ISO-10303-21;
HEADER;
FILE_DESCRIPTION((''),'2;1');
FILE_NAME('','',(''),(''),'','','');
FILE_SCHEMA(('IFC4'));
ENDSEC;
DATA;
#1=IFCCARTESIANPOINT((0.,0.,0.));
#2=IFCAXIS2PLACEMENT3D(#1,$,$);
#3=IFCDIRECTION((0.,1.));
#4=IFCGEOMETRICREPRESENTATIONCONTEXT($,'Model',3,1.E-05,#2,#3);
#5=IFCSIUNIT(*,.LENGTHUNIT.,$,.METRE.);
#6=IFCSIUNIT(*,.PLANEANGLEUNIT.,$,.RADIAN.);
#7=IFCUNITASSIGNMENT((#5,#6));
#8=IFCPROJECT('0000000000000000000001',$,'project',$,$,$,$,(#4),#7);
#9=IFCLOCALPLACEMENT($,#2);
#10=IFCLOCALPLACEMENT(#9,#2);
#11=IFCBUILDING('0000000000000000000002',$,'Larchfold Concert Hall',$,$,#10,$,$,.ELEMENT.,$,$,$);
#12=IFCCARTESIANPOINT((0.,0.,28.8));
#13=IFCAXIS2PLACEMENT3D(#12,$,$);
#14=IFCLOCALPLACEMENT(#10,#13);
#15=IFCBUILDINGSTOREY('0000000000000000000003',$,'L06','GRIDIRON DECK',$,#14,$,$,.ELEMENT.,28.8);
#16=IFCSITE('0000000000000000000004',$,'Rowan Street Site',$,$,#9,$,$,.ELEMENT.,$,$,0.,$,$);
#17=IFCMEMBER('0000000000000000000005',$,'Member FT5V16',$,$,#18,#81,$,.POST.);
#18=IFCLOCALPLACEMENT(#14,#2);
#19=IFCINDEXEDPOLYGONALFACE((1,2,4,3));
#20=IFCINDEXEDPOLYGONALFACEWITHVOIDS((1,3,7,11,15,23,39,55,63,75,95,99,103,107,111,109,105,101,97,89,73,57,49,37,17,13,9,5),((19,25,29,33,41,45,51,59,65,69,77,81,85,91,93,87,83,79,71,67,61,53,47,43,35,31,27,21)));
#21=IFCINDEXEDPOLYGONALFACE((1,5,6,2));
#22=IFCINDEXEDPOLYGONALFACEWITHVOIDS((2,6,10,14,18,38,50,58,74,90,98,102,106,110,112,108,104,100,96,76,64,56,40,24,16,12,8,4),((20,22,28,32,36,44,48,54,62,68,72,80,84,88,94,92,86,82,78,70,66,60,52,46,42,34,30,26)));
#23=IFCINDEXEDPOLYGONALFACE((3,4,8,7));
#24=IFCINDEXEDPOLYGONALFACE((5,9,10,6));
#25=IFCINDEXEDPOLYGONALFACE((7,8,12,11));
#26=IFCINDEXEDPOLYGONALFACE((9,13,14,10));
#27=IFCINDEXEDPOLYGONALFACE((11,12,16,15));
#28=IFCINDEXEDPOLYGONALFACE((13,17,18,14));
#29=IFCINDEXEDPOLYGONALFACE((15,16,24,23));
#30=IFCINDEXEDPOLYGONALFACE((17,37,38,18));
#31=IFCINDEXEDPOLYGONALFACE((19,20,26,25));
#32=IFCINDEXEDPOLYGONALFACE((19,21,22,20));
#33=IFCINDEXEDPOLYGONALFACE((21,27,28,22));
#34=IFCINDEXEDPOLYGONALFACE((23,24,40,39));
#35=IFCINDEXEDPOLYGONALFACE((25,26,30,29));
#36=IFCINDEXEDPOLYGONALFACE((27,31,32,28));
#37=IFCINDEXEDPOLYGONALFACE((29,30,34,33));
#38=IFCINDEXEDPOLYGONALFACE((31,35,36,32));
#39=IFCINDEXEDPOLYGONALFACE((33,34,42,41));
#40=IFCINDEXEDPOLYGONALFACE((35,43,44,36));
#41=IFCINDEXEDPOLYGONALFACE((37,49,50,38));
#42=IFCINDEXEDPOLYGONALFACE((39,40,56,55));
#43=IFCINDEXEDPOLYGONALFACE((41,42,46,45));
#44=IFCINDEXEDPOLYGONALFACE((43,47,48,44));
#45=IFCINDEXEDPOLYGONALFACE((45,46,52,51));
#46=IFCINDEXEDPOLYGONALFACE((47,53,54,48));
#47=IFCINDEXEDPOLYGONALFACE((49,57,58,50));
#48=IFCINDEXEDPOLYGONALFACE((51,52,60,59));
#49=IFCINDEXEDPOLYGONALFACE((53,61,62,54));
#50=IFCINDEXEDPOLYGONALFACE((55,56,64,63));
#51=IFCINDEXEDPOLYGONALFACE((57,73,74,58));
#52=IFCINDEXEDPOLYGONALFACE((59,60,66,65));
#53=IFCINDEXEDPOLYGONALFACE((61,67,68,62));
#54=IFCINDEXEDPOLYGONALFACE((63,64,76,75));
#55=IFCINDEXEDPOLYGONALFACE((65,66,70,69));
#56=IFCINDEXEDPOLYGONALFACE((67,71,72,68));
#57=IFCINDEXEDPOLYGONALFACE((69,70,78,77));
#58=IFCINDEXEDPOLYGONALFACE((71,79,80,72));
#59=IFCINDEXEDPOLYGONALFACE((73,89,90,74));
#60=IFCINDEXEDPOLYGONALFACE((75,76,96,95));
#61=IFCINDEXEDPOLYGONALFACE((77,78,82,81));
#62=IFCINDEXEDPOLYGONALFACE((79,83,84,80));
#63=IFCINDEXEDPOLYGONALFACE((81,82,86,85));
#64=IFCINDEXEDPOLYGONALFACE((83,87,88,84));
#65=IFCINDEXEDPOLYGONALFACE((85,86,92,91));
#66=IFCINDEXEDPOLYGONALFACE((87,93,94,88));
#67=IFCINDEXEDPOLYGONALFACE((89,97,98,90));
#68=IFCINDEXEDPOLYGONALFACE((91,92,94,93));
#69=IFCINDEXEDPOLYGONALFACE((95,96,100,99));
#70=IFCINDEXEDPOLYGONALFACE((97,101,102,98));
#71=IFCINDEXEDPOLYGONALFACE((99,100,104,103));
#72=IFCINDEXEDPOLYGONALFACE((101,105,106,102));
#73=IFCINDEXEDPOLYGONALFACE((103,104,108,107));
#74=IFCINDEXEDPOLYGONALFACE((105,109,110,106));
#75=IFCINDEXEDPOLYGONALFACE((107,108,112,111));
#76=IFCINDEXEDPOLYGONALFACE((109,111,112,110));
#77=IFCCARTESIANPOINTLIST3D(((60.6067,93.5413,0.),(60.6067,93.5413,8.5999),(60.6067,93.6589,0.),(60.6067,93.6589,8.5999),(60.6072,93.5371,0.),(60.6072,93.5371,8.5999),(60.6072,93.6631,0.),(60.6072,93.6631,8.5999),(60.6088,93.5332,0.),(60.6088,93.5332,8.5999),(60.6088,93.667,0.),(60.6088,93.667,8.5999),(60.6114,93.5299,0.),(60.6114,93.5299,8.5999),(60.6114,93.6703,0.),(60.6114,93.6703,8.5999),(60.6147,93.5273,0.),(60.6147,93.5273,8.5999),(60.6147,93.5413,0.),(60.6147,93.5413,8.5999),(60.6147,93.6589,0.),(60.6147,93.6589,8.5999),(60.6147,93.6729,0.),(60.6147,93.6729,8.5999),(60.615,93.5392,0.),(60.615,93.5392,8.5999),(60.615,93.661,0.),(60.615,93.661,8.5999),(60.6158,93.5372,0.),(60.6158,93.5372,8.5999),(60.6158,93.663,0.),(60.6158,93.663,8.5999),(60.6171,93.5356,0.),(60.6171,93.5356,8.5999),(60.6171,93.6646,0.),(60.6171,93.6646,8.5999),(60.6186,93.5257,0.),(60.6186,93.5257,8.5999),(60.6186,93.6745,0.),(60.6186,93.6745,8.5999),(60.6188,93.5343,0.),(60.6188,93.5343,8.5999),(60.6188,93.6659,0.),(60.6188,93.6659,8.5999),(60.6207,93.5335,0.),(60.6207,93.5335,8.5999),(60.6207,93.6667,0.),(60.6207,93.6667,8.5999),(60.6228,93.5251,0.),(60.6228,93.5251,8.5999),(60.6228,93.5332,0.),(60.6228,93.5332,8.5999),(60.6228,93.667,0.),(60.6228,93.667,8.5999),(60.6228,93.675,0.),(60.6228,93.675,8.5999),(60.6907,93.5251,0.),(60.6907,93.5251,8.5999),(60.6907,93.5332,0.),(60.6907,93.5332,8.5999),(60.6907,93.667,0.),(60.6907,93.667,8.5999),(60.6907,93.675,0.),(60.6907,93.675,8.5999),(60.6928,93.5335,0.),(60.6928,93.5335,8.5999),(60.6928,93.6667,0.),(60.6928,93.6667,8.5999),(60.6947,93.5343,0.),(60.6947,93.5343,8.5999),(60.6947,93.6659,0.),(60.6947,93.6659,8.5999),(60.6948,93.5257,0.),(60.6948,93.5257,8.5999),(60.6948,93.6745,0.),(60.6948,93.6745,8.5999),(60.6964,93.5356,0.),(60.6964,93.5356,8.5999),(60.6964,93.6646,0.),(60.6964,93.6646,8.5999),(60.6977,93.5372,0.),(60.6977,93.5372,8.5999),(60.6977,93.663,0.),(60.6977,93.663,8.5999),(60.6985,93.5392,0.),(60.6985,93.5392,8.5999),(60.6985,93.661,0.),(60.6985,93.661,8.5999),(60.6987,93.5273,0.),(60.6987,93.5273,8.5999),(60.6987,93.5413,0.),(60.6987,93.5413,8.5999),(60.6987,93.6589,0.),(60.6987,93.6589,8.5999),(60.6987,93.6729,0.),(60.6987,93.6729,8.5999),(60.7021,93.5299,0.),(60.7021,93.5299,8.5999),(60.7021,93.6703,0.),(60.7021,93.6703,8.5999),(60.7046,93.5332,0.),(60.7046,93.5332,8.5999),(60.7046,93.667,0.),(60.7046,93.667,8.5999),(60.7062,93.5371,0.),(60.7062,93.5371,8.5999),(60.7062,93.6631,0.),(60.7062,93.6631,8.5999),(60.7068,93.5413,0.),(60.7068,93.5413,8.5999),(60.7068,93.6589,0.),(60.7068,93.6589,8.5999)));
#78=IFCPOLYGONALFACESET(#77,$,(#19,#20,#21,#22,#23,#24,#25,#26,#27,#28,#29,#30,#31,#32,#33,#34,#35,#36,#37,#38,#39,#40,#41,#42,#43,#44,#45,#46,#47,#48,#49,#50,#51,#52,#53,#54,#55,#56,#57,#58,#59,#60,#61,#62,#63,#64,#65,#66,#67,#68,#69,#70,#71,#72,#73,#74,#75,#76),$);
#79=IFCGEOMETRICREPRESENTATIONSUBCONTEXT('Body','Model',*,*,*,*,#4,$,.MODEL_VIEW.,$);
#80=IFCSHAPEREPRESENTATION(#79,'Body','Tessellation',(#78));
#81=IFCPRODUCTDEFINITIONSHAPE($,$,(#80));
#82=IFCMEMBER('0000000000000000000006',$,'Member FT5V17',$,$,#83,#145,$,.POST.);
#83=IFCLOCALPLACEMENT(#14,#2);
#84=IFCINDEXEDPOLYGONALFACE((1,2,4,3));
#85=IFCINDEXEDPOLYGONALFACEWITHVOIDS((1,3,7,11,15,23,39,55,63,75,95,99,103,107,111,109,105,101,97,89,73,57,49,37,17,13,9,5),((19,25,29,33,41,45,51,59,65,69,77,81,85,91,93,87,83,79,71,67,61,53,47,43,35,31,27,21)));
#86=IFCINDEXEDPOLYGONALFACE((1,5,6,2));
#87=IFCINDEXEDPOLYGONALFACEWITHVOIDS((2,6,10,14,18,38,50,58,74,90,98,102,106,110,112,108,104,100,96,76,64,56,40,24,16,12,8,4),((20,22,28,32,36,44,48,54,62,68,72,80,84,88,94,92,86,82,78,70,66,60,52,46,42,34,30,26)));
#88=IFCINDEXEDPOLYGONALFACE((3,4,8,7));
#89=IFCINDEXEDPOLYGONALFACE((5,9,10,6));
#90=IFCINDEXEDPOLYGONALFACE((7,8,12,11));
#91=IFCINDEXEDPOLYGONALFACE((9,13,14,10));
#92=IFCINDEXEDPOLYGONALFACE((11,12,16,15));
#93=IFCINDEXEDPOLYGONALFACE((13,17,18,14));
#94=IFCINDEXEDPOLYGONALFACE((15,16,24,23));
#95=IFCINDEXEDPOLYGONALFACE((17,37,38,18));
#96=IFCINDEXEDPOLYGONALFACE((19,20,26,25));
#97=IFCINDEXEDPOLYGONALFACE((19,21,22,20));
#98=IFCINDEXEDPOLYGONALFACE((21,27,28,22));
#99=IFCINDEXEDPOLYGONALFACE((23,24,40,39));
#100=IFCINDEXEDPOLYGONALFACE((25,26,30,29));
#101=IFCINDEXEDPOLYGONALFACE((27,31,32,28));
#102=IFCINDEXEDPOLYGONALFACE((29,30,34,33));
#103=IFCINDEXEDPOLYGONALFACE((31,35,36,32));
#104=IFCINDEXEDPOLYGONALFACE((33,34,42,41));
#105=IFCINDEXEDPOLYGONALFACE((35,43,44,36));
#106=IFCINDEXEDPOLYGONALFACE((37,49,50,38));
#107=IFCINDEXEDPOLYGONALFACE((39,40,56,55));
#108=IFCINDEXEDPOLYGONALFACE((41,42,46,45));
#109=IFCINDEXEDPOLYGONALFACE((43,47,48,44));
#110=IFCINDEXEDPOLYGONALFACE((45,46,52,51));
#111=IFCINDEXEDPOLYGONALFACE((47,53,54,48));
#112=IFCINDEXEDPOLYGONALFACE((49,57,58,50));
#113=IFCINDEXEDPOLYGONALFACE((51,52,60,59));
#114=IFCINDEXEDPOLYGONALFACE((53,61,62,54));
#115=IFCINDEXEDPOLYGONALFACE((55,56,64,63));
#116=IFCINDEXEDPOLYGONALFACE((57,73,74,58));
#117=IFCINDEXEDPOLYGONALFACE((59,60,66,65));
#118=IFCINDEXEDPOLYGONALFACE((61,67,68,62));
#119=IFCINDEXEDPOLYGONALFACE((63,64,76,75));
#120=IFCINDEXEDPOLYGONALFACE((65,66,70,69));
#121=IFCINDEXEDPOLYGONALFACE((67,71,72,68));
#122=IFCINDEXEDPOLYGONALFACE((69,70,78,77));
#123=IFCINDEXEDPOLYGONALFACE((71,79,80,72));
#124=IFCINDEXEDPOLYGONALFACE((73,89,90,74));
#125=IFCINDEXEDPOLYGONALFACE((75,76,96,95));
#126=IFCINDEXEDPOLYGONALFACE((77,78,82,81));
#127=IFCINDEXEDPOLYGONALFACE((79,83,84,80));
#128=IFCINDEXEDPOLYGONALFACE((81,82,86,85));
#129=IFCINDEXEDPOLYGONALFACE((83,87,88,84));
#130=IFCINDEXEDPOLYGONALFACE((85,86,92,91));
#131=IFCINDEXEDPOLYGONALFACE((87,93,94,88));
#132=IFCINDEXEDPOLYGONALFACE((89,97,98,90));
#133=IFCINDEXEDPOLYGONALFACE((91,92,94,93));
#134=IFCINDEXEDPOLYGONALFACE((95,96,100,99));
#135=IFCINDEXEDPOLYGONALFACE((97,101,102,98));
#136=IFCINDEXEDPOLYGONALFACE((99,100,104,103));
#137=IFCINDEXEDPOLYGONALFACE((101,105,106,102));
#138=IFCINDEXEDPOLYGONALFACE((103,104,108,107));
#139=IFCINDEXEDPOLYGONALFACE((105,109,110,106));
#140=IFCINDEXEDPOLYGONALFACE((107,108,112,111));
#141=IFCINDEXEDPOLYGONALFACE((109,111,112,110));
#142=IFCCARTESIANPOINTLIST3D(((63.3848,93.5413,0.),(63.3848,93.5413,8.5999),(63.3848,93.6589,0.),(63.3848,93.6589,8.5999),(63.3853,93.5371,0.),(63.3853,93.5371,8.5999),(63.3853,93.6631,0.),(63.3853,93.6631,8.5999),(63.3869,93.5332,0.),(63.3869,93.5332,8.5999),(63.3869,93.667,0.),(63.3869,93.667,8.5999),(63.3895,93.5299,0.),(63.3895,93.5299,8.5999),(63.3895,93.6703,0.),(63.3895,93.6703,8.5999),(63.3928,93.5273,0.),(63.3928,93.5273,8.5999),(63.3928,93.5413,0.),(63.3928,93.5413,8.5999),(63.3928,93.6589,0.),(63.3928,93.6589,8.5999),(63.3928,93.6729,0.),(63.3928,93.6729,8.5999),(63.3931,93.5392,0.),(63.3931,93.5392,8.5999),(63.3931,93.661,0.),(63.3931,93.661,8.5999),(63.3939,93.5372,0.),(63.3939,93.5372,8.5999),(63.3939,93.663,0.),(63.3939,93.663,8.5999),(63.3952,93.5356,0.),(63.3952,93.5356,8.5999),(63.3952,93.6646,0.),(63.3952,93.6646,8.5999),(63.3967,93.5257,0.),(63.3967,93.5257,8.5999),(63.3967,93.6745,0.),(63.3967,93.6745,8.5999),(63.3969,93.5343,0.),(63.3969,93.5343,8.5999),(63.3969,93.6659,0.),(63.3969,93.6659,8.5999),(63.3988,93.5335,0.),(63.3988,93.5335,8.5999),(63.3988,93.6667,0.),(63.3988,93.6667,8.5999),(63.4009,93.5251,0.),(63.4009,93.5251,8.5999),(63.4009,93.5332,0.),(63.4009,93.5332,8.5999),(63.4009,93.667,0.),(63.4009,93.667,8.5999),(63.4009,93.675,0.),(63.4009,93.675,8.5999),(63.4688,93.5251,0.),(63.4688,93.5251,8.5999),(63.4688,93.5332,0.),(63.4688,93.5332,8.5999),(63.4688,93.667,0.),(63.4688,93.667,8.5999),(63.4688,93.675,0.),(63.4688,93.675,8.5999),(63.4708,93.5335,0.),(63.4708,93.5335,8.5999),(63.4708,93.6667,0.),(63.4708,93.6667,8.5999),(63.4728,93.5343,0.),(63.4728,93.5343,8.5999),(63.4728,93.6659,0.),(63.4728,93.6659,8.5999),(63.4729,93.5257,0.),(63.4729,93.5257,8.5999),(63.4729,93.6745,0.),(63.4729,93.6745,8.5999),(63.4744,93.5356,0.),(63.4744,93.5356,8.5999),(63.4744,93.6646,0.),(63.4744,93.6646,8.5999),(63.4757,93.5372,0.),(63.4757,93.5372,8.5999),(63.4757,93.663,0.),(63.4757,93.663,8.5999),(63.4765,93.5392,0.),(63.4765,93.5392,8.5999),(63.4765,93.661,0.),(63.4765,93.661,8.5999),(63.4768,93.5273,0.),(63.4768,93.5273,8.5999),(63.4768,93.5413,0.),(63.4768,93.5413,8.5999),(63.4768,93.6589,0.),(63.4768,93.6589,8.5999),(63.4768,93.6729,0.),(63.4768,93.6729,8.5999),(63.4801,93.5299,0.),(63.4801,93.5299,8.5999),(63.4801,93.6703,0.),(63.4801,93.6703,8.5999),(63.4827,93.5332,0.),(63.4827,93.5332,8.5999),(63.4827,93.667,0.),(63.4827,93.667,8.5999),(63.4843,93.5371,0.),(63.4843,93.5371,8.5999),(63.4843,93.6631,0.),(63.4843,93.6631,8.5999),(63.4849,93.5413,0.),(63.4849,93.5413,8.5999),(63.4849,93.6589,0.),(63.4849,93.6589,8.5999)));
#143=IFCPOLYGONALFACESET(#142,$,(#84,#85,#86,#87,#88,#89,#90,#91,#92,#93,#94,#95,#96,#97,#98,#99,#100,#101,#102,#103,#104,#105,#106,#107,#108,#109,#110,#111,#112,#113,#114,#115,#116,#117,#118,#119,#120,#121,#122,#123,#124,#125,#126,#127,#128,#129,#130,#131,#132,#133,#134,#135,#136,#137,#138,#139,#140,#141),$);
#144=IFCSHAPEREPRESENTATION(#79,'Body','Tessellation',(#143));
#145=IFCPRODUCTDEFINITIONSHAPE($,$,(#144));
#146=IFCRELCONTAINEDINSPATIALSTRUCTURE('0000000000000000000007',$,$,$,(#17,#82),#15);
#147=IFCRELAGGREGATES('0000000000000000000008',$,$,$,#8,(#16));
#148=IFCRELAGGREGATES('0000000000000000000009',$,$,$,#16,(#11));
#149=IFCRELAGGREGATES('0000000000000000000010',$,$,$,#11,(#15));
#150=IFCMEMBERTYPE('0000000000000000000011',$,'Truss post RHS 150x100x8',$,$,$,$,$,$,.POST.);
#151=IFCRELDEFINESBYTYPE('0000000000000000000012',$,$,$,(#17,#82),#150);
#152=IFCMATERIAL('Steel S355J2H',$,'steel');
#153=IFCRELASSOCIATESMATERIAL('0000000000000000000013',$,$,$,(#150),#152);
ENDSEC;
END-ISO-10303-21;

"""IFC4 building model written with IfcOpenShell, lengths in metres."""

from ifc_helpers import new_model, si_unit, direction, frame, origin, origin_2d, place, context, subcontext, project, spatial, hollow_rectangle, extrude, material, material_profile, profile_set, type_object, element, save


model = new_model("IFC4")

# Units and contexts
model_context = context("Model", 3, precision=1e-05, world=origin(), true_north=direction((0.0, 1.0)))
body_context = subcontext(model_context, "Body", "Model", "MODEL_VIEW")
ifc_project = project(units=[si_unit("LENGTHUNIT", "METRE"), si_unit("PLANEANGLEUNIT", "RADIAN")], contexts=[model_context])

# Site, building, storey
site_placement = place(None, origin())
site = spatial("IfcSite", under=ifc_project, at=site_placement, Name="Rowan Street Site", CompositionType="ELEMENT", RefElevation=0.0)
building_placement = place(site_placement, origin())
building = spatial("IfcBuilding", under=site, at=building_placement, Name="Larchfold Concert Hall", CompositionType="ELEMENT")
storey_placement = place(building_placement, frame((0.0, 0.0, 28.8)))
storey = spatial("IfcBuildingStorey", under=building, at=storey_placement, Name="L06", Description="GRIDIRON DECK", CompositionType="ELEMENT", Elevation=28.8)

# Members
ifc_material_1 = material(Name="Steel S355J2H", Category="steel")
ifc_material_profile_1 = material_profile(ifc_material_1, hollow_rectangle(XDim=0.1001, YDim=0.1499, WallThickness=0.0081, InnerFilletRadius=0.0081, OuterFilletRadius=0.0161, at=origin_2d()))
ifc_profile_set_1 = profile_set([ifc_material_profile_1], Name="Steel S355J2H")
member_type_1 = type_object("IfcMemberType", Name="Truss post RHS 150x100x8", PredefinedType="POST", material=ifc_profile_set_1)
for number, where, z_axis, x_axis, name in (
    (1, (60.6567, 93.6001, 8.5999), (0.0, 0.0, -1.0), (1.0, 0.0, 0.0), "Member FT5V16"),
    (2, (63.4348, 93.6001, 8.5999), (0.0, 0.0, -1.0), (1.0, 0.0, 0.0), "Member FT5V17"),
):
    element("IfcMember", number, at=place(storey_placement, frame(where, z_axis=z_axis, x_axis=x_axis)), inside=storey, type_object=member_type_1, Name=name, PredefinedType="POST", context=body_context, shape_type="SweptSolid", body=[
        extrude(hollow_rectangle(XDim=0.1001, YDim=0.1499, WallThickness=0.0081, InnerFilletRadius=0.0081, OuterFilletRadius=0.0161, at=origin_2d()), origin(), (0.0, 0.0, 1.0), 8.5999),
    ])

save(model, "model.ifc")
